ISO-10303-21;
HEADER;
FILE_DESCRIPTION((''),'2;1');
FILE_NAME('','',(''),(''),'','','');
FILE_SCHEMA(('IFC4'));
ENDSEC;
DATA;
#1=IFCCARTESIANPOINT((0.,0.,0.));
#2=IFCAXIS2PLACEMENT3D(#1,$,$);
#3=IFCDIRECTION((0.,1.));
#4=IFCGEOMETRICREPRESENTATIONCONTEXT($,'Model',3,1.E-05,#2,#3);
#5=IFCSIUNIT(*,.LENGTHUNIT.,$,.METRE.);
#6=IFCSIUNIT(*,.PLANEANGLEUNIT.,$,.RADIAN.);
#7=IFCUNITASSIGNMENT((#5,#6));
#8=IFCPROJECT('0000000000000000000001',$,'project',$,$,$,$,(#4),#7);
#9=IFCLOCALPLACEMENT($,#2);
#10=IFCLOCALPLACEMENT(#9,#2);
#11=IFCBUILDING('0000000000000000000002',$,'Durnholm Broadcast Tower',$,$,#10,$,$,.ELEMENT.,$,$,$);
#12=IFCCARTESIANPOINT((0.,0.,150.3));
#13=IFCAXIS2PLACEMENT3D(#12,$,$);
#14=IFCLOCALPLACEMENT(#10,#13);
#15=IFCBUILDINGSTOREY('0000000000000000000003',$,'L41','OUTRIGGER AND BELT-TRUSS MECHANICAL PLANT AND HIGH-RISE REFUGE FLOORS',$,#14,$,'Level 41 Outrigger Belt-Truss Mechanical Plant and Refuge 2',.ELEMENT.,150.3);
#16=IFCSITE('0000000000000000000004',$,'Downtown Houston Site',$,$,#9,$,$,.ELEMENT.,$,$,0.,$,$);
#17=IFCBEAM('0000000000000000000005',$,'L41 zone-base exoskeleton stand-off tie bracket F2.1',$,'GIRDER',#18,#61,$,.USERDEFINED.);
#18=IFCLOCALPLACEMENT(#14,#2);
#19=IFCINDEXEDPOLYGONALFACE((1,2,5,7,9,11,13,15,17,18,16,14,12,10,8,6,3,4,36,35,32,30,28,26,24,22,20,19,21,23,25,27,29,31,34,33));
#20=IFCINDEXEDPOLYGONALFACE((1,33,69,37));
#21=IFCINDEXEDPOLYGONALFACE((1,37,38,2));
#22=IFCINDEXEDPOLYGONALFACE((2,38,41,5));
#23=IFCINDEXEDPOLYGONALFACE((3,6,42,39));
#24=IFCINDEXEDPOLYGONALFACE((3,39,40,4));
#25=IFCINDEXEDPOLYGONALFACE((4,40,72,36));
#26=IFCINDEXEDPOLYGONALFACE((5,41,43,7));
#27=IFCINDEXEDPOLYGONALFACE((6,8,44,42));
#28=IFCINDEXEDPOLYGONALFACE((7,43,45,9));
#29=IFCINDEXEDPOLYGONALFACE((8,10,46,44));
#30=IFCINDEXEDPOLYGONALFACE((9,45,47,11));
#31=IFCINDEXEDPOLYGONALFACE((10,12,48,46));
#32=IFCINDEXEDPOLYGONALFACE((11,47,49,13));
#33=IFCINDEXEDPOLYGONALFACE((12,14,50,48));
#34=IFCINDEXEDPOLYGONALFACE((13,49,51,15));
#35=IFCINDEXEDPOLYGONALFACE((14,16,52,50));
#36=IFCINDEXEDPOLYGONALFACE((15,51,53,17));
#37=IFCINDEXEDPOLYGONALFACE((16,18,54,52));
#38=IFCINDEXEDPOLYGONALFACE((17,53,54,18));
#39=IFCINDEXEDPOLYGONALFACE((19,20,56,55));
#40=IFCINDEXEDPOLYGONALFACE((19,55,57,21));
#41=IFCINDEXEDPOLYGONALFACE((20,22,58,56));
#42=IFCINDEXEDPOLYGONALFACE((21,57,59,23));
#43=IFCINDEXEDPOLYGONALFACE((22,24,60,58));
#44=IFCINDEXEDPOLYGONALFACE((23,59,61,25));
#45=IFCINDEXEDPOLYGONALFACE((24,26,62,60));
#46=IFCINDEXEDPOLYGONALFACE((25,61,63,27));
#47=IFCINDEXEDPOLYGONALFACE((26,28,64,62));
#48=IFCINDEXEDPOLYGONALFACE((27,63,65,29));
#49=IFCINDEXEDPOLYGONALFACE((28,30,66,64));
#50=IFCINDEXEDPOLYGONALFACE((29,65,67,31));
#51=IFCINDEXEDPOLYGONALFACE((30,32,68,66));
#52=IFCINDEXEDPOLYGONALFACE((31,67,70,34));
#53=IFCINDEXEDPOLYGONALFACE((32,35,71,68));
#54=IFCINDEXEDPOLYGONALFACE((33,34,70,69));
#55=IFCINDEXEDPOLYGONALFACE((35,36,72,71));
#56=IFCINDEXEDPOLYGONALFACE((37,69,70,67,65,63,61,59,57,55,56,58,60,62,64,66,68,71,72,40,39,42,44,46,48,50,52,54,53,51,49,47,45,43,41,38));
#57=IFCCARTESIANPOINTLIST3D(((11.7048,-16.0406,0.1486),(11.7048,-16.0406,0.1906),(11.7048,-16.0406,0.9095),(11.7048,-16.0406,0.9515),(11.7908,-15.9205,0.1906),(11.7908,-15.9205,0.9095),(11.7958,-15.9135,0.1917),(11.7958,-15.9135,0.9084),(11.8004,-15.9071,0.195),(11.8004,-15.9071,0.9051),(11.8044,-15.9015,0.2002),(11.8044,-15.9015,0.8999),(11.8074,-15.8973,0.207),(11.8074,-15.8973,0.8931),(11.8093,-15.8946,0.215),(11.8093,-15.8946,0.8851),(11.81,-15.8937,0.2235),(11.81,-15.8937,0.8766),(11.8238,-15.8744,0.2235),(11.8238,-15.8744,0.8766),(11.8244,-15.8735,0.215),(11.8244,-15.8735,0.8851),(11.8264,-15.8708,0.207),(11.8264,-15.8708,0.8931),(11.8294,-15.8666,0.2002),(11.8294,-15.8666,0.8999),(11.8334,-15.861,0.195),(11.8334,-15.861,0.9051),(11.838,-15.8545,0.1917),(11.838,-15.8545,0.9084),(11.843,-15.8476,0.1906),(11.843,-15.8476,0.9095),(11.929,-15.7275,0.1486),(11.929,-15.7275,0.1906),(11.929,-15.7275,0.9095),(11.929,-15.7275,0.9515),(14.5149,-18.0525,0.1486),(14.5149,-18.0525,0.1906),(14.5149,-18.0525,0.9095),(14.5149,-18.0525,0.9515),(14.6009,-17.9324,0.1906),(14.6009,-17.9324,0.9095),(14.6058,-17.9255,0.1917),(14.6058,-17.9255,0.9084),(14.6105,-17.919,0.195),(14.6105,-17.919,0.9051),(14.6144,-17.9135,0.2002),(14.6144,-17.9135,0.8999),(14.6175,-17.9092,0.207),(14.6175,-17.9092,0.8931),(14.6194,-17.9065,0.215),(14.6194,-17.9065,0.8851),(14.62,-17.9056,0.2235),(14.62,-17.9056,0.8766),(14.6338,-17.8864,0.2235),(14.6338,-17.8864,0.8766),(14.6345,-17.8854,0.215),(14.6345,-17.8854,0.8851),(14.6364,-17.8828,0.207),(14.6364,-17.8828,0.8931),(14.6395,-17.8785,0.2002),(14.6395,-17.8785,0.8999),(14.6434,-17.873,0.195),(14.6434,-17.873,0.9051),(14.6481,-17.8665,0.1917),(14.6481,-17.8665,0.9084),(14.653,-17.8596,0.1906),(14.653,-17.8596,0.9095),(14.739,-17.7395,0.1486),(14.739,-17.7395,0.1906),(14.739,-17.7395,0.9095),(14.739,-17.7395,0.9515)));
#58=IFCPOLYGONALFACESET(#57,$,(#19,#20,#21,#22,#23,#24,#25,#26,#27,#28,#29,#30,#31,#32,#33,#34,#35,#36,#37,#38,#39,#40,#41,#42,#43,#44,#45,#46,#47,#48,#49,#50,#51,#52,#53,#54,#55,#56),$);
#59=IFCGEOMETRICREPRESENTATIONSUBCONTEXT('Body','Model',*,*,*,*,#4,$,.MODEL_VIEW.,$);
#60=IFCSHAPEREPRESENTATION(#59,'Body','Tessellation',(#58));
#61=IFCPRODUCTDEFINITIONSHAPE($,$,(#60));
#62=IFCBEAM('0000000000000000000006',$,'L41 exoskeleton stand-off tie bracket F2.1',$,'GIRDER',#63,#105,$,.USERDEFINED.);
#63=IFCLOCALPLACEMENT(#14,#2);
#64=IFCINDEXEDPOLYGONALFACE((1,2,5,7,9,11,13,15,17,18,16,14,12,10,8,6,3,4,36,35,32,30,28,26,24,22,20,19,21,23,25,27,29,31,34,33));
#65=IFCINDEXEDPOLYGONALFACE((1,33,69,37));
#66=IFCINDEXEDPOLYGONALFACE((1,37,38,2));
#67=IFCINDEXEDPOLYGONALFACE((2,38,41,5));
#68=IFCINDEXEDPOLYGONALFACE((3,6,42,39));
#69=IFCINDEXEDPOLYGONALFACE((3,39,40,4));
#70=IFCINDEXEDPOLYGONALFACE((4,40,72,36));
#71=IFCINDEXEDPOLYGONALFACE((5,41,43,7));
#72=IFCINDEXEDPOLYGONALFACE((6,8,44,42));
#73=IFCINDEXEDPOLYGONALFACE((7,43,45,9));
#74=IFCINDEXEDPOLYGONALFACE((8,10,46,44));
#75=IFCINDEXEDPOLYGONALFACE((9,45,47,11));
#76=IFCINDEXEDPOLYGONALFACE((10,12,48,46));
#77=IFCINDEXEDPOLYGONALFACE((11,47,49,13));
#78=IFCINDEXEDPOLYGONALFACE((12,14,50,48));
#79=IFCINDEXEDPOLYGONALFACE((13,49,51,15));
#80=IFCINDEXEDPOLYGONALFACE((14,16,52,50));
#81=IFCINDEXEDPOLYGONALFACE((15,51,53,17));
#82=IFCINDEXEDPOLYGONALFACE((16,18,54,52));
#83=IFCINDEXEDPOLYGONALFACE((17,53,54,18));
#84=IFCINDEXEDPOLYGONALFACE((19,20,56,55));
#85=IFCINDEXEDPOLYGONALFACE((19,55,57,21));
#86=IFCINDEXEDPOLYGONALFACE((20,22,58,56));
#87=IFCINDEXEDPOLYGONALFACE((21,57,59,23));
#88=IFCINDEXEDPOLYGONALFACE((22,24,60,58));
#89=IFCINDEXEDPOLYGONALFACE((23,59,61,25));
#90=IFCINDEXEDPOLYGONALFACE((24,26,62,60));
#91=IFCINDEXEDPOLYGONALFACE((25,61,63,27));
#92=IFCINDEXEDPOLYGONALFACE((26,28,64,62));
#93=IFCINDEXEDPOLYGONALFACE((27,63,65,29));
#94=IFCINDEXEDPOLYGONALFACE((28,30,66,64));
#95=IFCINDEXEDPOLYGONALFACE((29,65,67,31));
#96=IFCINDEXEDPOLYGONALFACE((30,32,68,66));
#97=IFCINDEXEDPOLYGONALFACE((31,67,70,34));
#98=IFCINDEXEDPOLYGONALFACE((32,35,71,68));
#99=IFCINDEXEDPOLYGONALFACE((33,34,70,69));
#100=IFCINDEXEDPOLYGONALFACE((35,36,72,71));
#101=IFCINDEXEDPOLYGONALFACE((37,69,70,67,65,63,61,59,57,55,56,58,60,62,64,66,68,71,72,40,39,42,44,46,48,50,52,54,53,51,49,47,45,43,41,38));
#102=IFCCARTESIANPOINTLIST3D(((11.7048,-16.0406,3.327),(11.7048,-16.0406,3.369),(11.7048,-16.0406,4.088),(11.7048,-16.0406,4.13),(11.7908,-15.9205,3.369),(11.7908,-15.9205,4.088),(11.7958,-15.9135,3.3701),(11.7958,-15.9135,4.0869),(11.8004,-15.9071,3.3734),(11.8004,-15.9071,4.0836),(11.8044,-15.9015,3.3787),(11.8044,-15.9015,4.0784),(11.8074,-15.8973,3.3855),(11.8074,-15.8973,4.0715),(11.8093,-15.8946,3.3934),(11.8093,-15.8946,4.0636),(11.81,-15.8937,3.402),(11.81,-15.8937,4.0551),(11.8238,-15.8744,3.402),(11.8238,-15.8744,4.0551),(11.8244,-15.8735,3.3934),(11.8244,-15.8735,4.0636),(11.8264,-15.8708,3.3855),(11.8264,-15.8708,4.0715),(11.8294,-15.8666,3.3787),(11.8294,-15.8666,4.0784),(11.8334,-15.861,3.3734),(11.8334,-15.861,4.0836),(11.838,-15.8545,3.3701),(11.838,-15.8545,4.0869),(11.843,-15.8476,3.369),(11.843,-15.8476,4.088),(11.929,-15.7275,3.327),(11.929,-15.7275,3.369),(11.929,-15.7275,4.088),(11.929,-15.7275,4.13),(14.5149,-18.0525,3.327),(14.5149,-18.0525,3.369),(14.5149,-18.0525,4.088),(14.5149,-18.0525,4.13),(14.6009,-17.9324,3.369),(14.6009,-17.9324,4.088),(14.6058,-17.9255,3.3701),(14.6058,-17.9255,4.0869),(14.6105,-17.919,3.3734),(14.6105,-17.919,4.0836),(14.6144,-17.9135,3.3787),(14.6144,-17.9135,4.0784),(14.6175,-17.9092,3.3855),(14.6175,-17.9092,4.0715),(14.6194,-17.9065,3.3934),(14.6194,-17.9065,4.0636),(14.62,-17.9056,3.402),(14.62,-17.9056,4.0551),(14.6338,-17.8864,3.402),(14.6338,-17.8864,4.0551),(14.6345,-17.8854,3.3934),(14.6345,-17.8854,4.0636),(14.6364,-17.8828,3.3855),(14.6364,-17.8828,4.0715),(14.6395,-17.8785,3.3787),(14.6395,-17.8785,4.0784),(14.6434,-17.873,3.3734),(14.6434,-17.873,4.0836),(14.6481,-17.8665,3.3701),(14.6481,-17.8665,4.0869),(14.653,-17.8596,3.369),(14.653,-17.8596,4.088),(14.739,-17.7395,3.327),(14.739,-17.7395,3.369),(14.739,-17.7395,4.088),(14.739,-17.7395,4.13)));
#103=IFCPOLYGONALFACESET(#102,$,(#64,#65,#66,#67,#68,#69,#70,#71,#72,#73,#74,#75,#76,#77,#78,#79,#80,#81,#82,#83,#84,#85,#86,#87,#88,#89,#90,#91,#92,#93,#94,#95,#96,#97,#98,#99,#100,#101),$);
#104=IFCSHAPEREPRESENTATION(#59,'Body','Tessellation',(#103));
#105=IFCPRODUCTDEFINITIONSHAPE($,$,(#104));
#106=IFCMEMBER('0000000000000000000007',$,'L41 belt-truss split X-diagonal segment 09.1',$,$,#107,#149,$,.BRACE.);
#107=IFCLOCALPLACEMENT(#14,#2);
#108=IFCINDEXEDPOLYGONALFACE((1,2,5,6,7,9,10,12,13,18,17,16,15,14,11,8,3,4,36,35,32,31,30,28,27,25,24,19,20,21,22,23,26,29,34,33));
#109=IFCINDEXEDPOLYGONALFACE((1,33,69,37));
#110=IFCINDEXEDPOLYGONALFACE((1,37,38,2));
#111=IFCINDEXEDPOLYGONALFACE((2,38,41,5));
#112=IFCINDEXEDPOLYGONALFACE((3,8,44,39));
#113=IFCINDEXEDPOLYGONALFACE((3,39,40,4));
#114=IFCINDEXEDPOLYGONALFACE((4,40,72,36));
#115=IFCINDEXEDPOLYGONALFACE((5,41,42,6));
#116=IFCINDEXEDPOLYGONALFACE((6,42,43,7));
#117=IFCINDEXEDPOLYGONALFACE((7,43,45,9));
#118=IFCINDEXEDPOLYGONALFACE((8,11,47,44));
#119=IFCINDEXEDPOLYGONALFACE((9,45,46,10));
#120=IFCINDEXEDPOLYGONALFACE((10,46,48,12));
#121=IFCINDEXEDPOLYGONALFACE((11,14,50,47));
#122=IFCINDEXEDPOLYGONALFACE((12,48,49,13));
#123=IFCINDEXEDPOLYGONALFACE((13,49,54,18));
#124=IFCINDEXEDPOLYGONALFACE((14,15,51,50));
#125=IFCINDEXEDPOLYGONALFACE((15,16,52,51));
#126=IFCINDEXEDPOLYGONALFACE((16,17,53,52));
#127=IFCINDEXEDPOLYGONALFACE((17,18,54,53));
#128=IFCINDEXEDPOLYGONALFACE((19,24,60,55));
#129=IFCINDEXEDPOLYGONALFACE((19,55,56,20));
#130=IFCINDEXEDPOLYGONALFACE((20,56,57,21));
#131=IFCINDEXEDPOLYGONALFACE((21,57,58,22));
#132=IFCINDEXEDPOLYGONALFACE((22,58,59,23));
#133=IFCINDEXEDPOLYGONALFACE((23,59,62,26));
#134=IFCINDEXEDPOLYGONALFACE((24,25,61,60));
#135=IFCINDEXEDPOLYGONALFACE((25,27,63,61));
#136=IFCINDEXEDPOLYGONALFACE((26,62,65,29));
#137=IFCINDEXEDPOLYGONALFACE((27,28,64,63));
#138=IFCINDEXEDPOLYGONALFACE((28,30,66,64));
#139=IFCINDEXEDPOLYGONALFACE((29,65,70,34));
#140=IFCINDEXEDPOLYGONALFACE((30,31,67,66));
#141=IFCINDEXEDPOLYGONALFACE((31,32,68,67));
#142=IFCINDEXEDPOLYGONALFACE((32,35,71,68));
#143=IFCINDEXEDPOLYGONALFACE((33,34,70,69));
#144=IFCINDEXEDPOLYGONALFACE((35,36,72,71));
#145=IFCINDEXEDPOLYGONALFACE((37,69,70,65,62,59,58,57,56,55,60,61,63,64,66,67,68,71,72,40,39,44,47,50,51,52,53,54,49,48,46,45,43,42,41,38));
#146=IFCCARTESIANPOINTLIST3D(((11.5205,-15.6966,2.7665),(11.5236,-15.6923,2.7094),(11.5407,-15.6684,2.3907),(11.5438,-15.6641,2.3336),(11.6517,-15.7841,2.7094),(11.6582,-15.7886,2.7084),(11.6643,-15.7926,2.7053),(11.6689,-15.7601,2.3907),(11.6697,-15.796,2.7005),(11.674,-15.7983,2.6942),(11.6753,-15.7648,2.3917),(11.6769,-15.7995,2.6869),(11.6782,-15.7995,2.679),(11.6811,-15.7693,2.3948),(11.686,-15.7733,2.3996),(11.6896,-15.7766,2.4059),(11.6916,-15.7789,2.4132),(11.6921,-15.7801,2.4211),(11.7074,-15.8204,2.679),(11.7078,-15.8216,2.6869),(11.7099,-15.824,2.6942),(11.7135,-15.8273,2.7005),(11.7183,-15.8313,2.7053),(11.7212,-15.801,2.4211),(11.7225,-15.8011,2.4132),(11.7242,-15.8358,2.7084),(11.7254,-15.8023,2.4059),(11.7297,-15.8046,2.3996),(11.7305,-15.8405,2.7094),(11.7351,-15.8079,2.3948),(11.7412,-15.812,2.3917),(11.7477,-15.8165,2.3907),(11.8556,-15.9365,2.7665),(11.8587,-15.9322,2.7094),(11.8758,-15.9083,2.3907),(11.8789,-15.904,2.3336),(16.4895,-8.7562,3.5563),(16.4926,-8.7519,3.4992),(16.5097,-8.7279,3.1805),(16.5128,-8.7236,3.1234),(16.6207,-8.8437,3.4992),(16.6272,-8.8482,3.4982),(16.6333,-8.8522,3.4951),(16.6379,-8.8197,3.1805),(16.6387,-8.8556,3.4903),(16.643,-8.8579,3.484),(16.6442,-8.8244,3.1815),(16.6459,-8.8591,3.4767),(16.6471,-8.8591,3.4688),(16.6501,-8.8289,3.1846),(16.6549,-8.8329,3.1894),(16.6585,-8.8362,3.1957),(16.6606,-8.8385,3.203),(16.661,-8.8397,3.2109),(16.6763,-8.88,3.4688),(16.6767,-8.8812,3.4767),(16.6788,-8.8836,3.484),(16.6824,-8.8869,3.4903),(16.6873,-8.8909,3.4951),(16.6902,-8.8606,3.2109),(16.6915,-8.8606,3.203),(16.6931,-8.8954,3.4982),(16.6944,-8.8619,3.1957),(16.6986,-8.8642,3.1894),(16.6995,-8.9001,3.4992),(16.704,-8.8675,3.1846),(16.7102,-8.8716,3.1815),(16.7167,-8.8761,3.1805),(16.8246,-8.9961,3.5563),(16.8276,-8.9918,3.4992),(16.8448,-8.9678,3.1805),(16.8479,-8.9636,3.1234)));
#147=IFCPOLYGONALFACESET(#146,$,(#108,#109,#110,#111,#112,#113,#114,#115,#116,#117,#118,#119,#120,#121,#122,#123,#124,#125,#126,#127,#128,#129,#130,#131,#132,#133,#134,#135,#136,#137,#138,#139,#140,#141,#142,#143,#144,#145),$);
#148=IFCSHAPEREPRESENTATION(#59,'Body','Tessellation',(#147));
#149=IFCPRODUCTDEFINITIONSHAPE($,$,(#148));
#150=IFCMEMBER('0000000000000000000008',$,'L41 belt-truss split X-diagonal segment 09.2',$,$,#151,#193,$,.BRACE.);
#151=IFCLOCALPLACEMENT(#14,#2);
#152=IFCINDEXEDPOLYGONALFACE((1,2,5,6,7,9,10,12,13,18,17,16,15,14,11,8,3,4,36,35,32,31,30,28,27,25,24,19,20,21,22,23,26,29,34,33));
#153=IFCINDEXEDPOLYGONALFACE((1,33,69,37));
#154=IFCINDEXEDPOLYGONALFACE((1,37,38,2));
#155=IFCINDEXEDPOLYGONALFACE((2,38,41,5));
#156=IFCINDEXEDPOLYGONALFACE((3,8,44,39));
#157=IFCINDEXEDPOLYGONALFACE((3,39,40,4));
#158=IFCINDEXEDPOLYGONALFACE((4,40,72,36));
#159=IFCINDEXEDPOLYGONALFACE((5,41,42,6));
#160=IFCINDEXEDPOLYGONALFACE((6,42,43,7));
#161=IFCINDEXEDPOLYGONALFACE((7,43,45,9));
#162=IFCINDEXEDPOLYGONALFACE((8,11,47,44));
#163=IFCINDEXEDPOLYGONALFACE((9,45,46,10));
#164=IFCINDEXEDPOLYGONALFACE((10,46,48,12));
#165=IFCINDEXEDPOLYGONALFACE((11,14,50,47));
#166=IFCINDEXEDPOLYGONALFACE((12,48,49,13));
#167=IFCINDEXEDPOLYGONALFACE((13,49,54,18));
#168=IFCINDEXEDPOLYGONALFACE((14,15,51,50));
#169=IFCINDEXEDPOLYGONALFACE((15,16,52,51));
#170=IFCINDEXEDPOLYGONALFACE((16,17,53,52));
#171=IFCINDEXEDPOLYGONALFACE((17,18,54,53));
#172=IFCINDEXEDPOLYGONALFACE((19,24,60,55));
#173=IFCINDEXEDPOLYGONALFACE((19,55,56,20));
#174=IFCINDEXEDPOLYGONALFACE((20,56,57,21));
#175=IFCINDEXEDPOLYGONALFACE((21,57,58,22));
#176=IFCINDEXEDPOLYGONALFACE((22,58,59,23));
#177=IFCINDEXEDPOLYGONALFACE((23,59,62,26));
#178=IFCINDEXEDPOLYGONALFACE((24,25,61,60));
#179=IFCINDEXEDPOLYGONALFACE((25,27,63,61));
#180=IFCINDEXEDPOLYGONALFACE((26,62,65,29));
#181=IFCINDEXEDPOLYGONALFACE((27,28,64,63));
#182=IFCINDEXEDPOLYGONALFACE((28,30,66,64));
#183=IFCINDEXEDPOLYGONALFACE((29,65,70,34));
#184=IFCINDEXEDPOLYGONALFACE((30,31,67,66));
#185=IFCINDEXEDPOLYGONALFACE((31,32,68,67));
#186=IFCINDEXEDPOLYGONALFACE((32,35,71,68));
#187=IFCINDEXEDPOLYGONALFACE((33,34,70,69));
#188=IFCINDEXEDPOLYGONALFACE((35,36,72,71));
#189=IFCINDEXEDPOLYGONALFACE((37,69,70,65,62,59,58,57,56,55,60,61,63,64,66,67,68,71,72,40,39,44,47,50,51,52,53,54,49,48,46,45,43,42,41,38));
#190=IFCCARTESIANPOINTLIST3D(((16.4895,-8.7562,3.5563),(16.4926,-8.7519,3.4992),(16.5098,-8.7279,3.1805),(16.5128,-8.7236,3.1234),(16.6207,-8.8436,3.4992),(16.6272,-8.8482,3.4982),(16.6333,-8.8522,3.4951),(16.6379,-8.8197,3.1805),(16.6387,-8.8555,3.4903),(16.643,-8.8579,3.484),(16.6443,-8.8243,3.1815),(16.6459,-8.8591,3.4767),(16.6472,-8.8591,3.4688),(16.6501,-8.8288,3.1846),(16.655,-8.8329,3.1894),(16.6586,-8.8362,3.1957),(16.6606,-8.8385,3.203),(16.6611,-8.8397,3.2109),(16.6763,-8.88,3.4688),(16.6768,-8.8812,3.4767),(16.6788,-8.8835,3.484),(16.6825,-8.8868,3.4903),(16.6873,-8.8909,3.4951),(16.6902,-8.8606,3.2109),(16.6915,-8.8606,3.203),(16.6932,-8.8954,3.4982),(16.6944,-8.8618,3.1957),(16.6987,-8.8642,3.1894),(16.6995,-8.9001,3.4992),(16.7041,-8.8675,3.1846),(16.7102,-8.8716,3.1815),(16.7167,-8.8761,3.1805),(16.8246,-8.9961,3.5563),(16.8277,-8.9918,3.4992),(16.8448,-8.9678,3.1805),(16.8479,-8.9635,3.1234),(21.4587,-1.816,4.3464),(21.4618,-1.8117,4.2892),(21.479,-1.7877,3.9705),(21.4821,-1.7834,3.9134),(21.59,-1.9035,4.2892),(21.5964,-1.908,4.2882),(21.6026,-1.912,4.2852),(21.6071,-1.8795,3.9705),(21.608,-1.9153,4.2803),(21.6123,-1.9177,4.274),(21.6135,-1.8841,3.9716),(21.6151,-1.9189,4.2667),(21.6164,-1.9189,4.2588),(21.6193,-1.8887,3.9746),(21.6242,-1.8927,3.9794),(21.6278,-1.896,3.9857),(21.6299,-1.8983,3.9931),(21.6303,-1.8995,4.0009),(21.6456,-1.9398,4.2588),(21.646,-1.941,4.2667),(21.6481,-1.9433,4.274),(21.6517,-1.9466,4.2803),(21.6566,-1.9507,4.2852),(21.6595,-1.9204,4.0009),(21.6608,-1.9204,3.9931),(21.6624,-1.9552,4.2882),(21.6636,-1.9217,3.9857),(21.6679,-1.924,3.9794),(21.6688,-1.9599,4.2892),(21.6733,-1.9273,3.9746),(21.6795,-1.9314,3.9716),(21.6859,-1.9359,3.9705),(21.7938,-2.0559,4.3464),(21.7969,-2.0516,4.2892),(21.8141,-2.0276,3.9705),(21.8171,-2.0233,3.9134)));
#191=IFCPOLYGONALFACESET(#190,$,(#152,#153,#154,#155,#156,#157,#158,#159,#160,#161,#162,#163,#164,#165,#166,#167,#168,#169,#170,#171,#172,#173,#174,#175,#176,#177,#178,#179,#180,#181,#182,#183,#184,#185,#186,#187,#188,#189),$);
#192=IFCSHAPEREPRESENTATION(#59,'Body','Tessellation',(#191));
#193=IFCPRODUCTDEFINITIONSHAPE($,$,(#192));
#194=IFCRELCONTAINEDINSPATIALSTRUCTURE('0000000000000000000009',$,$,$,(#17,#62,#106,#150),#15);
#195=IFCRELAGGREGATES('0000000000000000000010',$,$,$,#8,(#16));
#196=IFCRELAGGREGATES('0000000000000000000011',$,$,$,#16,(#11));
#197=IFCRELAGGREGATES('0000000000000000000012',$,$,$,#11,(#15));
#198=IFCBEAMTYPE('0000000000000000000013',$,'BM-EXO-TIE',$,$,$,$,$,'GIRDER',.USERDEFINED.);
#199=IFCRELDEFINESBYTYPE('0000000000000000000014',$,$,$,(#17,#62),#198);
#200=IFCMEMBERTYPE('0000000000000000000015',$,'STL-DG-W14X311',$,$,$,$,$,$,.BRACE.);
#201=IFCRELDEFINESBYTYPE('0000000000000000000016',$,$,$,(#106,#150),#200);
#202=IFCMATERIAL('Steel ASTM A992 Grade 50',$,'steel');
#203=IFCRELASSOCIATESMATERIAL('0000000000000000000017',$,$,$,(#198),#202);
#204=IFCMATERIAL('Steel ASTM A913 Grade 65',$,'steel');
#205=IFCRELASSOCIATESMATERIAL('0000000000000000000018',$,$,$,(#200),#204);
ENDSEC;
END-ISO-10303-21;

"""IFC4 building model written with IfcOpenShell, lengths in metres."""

from ifc_helpers import new_model, si_unit, direction, frame, origin, origin_2d, place, context, subcontext, project, spatial, i_section, extrude, source, transform, mapped, material, material_profile, profile_set, type_object, element, save


model = new_model("IFC4")

# Units and contexts
model_context = context("Model", 3, precision=1e-05, world=origin(), true_north=direction((0.0, 1.0)))
body_context = subcontext(model_context, "Body", "Model", "MODEL_VIEW")
ifc_project = project(units=[si_unit("LENGTHUNIT", "METRE"), si_unit("PLANEANGLEUNIT", "RADIAN")], contexts=[model_context])

# Site, building, storey
site_placement = place(None, origin())
site = spatial("IfcSite", under=ifc_project, at=site_placement, Name="Downtown Houston Site", CompositionType="ELEMENT", RefElevation=0.0)
building_placement = place(site_placement, origin())
building = spatial("IfcBuilding", under=site, at=building_placement, Name="Durnholm Broadcast Tower", CompositionType="ELEMENT")
storey_placement = place(building_placement, frame((0.0, 0.0, 150.3)))
storey = spatial("IfcBuildingStorey", under=building, at=storey_placement, Name="L41", Description="OUTRIGGER AND BELT-TRUSS MECHANICAL PLANT AND HIGH-RISE REFUGE FLOORS", LongName="Level 41 Outrigger Belt-Truss Mechanical Plant and Refuge 2", CompositionType="ELEMENT", Elevation=150.3)

# Beams
ifc_material_1 = material(Name="Steel ASTM A992 Grade 50", Category="steel")
ifc_material_profile_1 = material_profile(ifc_material_1, i_section(OverallWidth=0.385, OverallDepth=0.803, WebThickness=0.0237, FlangeThickness=0.042, FilletRadius=0.033, at=origin_2d()), Name="W30X261")
ifc_profile_set_1 = profile_set([ifc_material_profile_1], Name="Steel ASTM A992 Grade 50")
beam_type = type_object("IfcBeamType", Name="BM-EXO-TIE", ElementType="GIRDER", PredefinedType="USERDEFINED", material=ifc_profile_set_1)
shared_shape_1 = source(origin(), body_context, "Body", "SweptSolid", [
    extrude(i_section(OverallWidth=0.385, OverallDepth=0.803, WebThickness=0.0237, FlangeThickness=0.042, FilletRadius=0.033, at=origin_2d()), origin(), (0.0, 0.0, 1.0), 3.4561),
])
for number, where, z_axis, x_axis, name in (
    (1, (11.8169, -15.884, 0.55), (0.813079, -0.582153, 0.0), (0.582153, 0.813079, 0.0), "L41 zone-base exoskeleton stand-off tie bracket F2.1"),
    (2, (11.8169, -15.884, 3.7285), (0.813079, -0.582153, 0.0), (0.582153, 0.813079, 0.0), "L41 exoskeleton stand-off tie bracket F2.1"),
):
    element("IfcBeam", number, at=place(storey_placement, frame(where, z_axis=z_axis, x_axis=x_axis)), inside=storey, type_object=beam_type, Name=name, ObjectType="GIRDER", PredefinedType="USERDEFINED", context=body_context, shape_type="MappedRepresentation", body=[
        mapped(shared_shape_1, transform((0.0, 0.0, 0.0), x_axis=(1.0, 0.0, 0.0), y_axis=(0.0, 1.0, 0.0), z_axis=(0.0, 0.0, 1.0), scale=1.0)),
    ])

# Members
ifc_material_2 = material(Name="Steel ASTM A913 Grade 65", Category="steel")
ifc_material_profile_2 = material_profile(ifc_material_2, i_section(OverallWidth=0.4121, OverallDepth=0.4348, WebThickness=0.0359, FlangeThickness=0.0574, FilletRadius=0.0305, at=origin_2d()), Name="W14X311")
ifc_profile_set_2 = profile_set([ifc_material_profile_2], Name="Steel ASTM A913 Grade 65")
member_type_1 = type_object("IfcMemberType", Name="STL-DG-W14X311", PredefinedType="BRACE", material=ifc_profile_set_2)
shared_shape_2 = source(origin(), body_context, "Body", "SweptSolid", [
    extrude(i_section(OverallWidth=0.4121, OverallDepth=0.4348, WebThickness=0.0359, FlangeThickness=0.0574, FilletRadius=0.0305, at=origin_2d()), origin(), (0.0, 0.0, 1.0), 8.5723),
])
for number, where, z_axis, x_axis, name in (
    (3, (11.6997, -15.8003, 2.55), (0.579657, 0.809635, 0.092133), (-0.813093, 0.582133, 0.0), "L41 belt-truss split X-diagonal segment 09.1"),
    (4, (16.6687, -8.8599, 3.3398), (0.579688, 0.80961, 0.092162), (-0.81307, 0.582166, 0.0), "L41 belt-truss split X-diagonal segment 09.2"),
):
    element("IfcMember", number, at=place(storey_placement, frame(where, z_axis=z_axis, x_axis=x_axis)), inside=storey, type_object=member_type_1, Name=name, PredefinedType="BRACE", context=body_context, shape_type="MappedRepresentation", body=[
        mapped(shared_shape_2, transform((0.0, 0.0, 0.0), x_axis=(1.0, 0.0, 0.0), y_axis=(0.0, 1.0, 0.0), z_axis=(0.0, 0.0, 1.0), scale=1.0)),
    ])

save(model, "model.ifc")
